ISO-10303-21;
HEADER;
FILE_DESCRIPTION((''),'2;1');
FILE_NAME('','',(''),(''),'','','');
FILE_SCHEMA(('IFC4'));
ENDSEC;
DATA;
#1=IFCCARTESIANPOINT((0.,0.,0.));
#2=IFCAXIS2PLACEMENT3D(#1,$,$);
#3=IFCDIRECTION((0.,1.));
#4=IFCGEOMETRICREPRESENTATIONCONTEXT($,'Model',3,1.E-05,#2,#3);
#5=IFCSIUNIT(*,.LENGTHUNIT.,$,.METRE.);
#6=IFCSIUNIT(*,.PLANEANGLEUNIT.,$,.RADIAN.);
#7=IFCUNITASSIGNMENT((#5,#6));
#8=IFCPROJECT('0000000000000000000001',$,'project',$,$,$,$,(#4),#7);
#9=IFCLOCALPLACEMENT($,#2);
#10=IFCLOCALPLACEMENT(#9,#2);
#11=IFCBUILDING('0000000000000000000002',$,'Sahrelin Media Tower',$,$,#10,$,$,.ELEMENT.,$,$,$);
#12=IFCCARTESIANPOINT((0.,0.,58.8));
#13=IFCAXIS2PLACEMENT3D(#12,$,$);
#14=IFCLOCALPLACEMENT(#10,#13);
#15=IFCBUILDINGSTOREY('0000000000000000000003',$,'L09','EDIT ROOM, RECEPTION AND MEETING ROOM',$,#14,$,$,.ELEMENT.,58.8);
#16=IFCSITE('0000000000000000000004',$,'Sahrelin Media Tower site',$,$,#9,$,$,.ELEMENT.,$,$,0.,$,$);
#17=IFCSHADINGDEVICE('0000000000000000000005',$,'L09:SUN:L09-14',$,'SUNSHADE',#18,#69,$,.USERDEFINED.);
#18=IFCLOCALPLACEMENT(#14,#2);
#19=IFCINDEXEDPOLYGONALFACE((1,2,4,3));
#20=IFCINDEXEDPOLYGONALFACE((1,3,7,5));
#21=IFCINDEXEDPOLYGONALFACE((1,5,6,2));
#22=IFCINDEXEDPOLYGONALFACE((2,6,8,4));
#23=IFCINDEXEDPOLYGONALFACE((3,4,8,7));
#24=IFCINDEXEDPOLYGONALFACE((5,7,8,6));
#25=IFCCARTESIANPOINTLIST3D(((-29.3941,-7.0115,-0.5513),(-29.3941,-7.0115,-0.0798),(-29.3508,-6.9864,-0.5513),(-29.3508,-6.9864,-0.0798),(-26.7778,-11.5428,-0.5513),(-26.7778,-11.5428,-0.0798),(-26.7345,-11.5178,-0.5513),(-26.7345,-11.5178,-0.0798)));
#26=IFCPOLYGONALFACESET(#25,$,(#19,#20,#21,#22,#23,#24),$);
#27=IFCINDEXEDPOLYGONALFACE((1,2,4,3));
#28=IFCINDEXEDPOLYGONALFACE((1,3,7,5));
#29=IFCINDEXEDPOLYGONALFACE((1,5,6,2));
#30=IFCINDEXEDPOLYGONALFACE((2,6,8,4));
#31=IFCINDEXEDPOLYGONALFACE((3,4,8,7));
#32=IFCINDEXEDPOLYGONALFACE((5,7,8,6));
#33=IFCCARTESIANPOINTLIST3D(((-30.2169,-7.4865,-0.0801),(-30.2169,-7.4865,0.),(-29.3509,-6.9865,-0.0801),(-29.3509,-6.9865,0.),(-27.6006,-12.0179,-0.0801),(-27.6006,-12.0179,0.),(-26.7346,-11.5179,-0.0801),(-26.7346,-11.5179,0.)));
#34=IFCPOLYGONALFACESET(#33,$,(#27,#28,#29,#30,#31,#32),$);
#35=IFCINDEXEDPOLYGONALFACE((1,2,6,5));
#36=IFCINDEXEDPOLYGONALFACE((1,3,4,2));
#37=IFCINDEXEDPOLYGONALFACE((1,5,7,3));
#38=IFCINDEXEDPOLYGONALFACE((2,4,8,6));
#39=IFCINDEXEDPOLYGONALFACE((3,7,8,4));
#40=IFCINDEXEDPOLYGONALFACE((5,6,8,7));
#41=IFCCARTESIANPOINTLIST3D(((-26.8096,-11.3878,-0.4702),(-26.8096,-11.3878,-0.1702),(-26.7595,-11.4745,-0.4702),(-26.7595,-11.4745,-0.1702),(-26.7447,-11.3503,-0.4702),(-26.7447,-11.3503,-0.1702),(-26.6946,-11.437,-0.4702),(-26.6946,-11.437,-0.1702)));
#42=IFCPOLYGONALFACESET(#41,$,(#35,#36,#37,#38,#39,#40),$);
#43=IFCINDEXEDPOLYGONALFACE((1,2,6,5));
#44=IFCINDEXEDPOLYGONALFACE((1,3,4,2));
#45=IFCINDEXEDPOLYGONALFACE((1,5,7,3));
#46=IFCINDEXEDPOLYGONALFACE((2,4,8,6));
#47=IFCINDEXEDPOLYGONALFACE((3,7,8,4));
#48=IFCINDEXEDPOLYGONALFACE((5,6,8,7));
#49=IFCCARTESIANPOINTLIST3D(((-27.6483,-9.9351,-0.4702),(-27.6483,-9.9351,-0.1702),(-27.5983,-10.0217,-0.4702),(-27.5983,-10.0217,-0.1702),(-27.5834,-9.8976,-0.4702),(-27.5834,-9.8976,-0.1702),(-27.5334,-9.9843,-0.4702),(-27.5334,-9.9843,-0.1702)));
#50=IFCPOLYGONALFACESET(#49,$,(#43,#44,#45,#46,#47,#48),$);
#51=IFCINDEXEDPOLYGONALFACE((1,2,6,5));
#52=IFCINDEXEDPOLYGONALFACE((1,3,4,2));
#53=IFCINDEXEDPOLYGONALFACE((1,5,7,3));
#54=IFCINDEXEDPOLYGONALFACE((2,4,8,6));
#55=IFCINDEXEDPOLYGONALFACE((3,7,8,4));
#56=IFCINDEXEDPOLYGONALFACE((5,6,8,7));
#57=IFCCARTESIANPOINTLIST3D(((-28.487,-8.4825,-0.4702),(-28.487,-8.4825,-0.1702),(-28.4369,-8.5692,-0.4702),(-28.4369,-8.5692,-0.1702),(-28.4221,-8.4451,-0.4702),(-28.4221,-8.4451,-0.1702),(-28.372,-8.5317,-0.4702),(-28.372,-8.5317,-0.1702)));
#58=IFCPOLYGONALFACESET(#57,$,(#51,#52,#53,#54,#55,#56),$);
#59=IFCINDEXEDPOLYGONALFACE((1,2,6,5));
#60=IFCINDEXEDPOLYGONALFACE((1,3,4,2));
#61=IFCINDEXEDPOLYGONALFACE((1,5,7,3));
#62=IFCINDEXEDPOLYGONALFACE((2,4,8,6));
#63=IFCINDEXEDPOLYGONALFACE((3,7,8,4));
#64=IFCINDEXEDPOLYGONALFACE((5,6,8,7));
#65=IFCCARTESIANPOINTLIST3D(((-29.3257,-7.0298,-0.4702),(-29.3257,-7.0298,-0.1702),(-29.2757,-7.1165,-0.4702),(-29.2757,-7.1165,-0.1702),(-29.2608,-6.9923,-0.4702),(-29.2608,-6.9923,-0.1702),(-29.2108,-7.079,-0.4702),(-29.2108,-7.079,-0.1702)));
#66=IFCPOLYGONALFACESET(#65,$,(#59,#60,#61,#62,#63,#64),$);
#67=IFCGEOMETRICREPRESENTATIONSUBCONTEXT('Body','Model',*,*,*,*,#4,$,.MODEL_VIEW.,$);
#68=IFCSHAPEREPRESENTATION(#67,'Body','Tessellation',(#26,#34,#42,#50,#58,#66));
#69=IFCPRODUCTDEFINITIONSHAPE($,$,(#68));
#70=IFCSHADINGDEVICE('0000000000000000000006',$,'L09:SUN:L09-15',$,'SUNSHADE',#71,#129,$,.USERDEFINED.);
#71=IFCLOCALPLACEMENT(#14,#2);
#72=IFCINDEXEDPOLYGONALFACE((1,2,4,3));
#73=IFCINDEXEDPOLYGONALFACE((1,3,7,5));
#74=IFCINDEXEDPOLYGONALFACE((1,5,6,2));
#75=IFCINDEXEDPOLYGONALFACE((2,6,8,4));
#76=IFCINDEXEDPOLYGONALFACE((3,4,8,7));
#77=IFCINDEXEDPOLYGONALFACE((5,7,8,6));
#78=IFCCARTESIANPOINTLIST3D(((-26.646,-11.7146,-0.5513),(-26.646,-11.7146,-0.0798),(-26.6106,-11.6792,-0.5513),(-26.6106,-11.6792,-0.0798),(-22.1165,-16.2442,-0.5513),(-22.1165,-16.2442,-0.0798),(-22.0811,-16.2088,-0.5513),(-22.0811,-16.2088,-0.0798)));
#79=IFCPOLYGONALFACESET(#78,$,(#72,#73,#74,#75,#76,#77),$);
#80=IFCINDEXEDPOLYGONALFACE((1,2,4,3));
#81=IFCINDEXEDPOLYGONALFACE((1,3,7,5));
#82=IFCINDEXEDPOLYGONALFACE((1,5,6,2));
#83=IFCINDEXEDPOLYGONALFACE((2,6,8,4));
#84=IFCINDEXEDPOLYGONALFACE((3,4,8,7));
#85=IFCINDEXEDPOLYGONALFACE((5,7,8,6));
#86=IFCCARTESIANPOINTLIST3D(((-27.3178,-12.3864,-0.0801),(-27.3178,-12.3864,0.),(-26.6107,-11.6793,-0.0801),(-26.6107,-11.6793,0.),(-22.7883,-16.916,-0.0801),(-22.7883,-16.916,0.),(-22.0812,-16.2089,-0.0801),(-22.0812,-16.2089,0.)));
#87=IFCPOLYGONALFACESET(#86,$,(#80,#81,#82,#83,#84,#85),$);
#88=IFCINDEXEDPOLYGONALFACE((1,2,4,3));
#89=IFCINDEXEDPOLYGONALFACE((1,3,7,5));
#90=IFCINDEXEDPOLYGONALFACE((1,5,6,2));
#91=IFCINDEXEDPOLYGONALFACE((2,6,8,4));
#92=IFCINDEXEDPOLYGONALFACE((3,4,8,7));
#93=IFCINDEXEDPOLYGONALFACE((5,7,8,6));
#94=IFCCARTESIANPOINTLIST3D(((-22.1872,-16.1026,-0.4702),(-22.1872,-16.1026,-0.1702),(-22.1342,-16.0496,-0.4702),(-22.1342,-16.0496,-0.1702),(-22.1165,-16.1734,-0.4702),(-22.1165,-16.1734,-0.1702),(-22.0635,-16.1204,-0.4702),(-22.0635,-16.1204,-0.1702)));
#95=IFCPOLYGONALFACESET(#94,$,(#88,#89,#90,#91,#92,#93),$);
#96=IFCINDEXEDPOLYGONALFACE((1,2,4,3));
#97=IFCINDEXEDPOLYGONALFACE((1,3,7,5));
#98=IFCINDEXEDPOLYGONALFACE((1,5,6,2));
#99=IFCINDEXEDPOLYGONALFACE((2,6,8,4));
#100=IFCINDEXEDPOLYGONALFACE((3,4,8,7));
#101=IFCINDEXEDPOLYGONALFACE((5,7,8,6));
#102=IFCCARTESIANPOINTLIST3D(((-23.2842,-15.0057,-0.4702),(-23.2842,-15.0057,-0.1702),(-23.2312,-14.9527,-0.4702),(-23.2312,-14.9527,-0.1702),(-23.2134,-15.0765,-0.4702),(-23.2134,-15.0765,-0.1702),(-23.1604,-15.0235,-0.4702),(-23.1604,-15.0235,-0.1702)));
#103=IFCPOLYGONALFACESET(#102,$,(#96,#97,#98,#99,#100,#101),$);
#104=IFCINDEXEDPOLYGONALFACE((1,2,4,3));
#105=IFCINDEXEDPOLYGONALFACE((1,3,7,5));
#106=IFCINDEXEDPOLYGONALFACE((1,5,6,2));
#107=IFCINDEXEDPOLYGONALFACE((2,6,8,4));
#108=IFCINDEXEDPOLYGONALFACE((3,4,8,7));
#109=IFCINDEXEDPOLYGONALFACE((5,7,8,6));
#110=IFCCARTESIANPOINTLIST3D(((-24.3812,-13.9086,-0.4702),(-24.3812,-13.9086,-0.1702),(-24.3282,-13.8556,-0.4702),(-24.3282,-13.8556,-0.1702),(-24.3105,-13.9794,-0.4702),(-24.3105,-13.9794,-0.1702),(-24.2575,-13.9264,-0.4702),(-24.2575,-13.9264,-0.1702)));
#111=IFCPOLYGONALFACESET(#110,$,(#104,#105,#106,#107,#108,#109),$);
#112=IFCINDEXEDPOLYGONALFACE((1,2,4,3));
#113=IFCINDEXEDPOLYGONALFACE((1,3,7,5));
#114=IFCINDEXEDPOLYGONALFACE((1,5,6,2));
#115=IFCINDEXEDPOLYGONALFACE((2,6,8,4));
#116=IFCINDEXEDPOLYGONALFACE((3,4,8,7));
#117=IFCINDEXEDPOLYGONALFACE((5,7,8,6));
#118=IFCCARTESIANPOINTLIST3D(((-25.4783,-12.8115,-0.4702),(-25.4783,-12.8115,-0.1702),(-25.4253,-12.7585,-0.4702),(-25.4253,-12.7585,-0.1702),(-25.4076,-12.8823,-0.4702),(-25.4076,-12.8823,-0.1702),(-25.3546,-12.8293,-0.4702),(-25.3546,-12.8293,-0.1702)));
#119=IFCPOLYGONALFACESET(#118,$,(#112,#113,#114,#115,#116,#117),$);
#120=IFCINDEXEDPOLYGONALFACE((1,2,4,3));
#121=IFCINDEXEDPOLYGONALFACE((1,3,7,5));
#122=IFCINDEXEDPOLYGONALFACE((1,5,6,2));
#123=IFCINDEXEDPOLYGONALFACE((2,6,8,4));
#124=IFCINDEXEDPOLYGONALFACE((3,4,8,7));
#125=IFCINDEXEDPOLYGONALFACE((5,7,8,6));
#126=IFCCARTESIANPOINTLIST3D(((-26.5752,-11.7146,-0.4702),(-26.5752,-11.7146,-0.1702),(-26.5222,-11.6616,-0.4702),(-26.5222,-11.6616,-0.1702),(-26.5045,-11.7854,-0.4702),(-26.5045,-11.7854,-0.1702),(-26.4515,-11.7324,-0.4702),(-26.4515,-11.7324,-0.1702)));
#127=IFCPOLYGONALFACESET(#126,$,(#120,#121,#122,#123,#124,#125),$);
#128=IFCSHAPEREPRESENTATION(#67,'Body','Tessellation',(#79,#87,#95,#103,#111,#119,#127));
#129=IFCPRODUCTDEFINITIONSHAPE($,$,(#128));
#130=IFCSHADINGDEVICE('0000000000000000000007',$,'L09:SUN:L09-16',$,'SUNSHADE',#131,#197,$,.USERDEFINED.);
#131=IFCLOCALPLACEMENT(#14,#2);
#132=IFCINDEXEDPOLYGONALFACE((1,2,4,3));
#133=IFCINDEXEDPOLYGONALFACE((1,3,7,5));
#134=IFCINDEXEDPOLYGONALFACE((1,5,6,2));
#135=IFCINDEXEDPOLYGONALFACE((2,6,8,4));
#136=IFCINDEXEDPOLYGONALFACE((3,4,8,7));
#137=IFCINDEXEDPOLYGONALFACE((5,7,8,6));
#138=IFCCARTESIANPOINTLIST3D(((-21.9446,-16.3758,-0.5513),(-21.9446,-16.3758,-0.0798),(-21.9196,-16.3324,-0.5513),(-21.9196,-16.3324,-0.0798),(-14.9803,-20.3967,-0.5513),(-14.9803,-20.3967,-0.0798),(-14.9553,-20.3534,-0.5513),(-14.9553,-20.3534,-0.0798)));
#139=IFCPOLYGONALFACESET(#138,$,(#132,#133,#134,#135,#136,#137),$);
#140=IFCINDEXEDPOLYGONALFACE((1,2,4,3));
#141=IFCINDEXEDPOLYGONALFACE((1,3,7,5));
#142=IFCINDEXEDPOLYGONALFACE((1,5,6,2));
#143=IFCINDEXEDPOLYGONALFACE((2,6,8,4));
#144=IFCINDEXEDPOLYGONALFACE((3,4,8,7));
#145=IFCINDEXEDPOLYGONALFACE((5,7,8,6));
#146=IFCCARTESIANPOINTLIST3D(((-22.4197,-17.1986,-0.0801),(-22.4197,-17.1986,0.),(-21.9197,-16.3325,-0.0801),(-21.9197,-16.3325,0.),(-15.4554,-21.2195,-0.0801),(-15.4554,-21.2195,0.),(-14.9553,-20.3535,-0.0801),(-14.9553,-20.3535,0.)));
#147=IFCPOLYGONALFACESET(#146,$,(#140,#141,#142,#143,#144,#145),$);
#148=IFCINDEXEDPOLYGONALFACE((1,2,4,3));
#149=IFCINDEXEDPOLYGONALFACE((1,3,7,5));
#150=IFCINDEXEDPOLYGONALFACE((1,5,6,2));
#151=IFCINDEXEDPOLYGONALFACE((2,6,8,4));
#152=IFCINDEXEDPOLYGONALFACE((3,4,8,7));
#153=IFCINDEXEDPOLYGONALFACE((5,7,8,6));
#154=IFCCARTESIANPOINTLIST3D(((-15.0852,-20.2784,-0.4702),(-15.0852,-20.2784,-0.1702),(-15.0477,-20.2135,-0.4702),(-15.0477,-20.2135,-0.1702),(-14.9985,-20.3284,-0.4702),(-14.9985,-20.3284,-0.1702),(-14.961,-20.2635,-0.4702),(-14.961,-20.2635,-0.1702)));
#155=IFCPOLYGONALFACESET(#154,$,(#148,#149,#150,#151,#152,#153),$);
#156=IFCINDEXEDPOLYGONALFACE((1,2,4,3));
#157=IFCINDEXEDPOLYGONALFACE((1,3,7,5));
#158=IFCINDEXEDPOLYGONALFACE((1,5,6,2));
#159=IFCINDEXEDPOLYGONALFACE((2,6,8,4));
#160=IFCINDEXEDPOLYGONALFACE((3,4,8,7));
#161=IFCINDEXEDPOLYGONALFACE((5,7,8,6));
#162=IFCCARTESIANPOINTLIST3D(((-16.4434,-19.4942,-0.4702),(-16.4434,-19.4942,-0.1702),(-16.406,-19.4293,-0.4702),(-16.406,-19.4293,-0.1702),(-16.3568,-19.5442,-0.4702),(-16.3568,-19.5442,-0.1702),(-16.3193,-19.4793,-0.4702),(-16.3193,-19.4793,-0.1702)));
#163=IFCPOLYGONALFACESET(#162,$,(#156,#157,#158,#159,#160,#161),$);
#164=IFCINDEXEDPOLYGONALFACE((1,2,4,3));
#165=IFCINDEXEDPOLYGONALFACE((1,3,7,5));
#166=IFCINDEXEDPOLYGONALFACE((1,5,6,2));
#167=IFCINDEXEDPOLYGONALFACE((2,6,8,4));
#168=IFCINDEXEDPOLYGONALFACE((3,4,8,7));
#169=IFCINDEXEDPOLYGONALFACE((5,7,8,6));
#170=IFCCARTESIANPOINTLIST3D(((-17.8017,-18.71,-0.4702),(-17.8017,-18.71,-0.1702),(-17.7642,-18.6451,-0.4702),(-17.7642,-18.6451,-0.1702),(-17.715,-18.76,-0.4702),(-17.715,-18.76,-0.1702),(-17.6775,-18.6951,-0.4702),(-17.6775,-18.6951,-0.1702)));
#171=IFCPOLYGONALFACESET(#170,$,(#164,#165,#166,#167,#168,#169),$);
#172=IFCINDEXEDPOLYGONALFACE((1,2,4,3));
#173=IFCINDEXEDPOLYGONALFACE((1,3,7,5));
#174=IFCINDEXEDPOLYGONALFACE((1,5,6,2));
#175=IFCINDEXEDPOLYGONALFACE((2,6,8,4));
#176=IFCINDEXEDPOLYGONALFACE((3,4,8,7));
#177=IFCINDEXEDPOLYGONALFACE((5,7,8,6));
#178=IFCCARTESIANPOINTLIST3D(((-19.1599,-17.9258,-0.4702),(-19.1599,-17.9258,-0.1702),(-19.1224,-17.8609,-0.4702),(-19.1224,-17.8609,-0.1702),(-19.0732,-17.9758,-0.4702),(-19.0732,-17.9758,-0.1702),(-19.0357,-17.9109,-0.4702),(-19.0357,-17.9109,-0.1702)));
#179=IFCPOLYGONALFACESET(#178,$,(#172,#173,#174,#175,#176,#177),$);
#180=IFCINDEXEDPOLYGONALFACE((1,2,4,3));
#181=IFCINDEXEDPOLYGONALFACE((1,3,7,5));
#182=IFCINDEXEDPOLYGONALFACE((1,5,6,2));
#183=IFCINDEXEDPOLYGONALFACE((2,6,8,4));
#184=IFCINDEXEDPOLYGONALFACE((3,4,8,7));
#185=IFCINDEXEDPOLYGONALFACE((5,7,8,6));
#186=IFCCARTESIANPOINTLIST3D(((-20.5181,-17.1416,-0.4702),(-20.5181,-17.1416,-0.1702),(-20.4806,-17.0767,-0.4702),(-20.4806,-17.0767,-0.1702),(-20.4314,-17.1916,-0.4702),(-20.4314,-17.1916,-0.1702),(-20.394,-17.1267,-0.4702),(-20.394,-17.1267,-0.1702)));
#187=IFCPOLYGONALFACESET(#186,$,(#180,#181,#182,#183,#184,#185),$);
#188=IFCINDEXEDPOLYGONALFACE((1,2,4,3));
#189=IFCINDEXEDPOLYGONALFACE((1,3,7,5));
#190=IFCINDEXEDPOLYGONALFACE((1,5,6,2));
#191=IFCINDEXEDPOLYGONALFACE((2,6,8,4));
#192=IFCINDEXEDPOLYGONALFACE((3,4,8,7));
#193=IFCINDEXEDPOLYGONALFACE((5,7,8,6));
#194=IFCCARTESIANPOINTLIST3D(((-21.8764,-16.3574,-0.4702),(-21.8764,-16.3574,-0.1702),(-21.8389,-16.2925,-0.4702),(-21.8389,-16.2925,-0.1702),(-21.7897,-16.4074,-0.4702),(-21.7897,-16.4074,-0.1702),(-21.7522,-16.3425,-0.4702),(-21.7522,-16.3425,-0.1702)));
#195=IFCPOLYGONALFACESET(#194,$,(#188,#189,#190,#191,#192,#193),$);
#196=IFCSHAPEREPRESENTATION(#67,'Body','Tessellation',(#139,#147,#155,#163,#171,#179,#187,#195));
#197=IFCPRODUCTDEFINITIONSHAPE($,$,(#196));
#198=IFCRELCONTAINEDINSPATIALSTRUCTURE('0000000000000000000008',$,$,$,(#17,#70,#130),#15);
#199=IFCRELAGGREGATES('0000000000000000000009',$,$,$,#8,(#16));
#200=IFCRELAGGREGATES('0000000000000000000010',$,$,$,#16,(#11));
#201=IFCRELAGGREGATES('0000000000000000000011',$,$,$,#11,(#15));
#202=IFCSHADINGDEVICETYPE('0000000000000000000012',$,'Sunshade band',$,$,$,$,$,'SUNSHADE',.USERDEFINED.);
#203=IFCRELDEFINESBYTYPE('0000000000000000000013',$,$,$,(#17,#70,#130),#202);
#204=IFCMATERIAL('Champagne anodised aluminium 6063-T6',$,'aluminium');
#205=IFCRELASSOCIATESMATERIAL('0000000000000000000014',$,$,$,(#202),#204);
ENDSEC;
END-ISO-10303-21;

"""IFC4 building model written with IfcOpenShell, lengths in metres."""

from ifc_helpers import new_model, si_unit, direction, frame, origin, origin_2d, place, context, subcontext, project, spatial, rectangle, extrude, material, type_object, element, save


model = new_model("IFC4")

# Units and contexts
model_context = context("Model", 3, precision=1e-05, world=origin(), true_north=direction((0.0, 1.0)))
body_context = subcontext(model_context, "Body", "Model", "MODEL_VIEW")
ifc_project = project(units=[si_unit("LENGTHUNIT", "METRE"), si_unit("PLANEANGLEUNIT", "RADIAN")], contexts=[model_context])

# Site, building, storey
site_placement = place(None, origin())
site = spatial("IfcSite", under=ifc_project, at=site_placement, Name="Sahrelin Media Tower site", CompositionType="ELEMENT", RefElevation=0.0)
building_placement = place(site_placement, origin())
building = spatial("IfcBuilding", under=site, at=building_placement, Name="Sahrelin Media Tower", CompositionType="ELEMENT")
storey_placement = place(building_placement, frame((0.0, 0.0, 58.8)))
storey = spatial("IfcBuildingStorey", under=building, at=storey_placement, Name="L09", Description="EDIT ROOM, RECEPTION AND MEETING ROOM", CompositionType="ELEMENT", Elevation=58.8)

# Shared definitions
ifc_material_1 = material(Name="Champagne anodised aluminium 6063-T6", Category="aluminium")

# Shading devices
placement_1 = place(storey_placement, frame((-28.0254, -9.2422, 0.0), z_axis=(0.0, 0.0, 1.0), x_axis=(-0.500011, 0.866019, 0.0)))
placement_2 = place(storey_placement, frame((-24.3318, -13.9299, 0.0), z_axis=(0.0, 0.0, 1.0), x_axis=(-0.707107, 0.707107, 0.0)))
placement_3 = place(storey_placement, frame((-18.4275, -18.3257, 0.0), z_axis=(0.0, 0.0, 1.0), x_axis=(-0.866019, 0.500011, 0.0)))
shading_device_type_1 = type_object("IfcShadingDeviceType", Name="Sunshade band", ElementType="SUNSHADE", PredefinedType="USERDEFINED", material=ifc_material_1)
element("IfcShadingDevice", 1, at=placement_1, inside=storey, type_object=shading_device_type_1, Name="L09:SUN:L09-14", ObjectType="SUNSHADE", PredefinedType="USERDEFINED", context=body_context, shape_type="SweptSolid", body=[
    extrude(rectangle(XDim=5.2324, YDim=0.05, at=origin_2d()), frame((0.0, 0.0449, -0.5513)), (0.0, 0.0, 1.0), 0.4714),
    extrude(rectangle(XDim=5.2324, YDim=1.0, at=origin_2d()), frame((0.0, 0.52, -0.0801)), (0.0, 0.0, 1.0), 0.0801),
    extrude(rectangle(XDim=0.1001, YDim=0.075, at=origin_2d()), frame((-2.5161, -0.0176, -0.4702)), (0.0, 0.0, 1.0), 0.3),
    extrude(rectangle(XDim=0.1001, YDim=0.075, at=origin_2d()), frame((-0.8386, -0.0176, -0.4702)), (0.0, 0.0, 1.0), 0.3),
    extrude(rectangle(XDim=0.1001, YDim=0.075, at=origin_2d()), frame((0.8386, -0.0176, -0.4702)), (0.0, 0.0, 1.0), 0.3),
    extrude(rectangle(XDim=0.1001, YDim=0.075, at=origin_2d()), frame((2.5161, -0.0176, -0.4702)), (0.0, 0.0, 1.0), 0.3),
])
element("IfcShadingDevice", 2, at=placement_2, inside=storey, type_object=shading_device_type_1, Name="L09:SUN:L09-15", ObjectType="SUNSHADE", PredefinedType="USERDEFINED", context=body_context, shape_type="SweptSolid", body=[
    extrude(rectangle(XDim=6.4058, YDim=0.05, at=origin_2d()), frame((0.0, 0.0449, -0.5513)), (0.0, 0.0, 1.0), 0.4714),
    extrude(rectangle(XDim=6.4058, YDim=1.0, at=origin_2d()), frame((0.0, 0.52, -0.0801)), (0.0, 0.0, 1.0), 0.0801),
    extrude(rectangle(XDim=0.1001, YDim=0.075, at=origin_2d()), frame((-3.1028, -0.0176, -0.4702)), (0.0, 0.0, 1.0), 0.3),
    extrude(rectangle(XDim=0.1001, YDim=0.075, at=origin_2d()), frame((-1.5515, -0.0176, -0.4702)), (0.0, 0.0, 1.0), 0.3),
    extrude(rectangle(XDim=0.1001, YDim=0.075, at=origin_2d()), frame((0.0, -0.0176, -0.4702)), (0.0, 0.0, 1.0), 0.3),
    extrude(rectangle(XDim=0.1001, YDim=0.075, at=origin_2d()), frame((1.5515, -0.0176, -0.4702)), (0.0, 0.0, 1.0), 0.3),
    extrude(rectangle(XDim=0.1001, YDim=0.075, at=origin_2d()), frame((3.1028, -0.0176, -0.4702)), (0.0, 0.0, 1.0), 0.3),
])
element("IfcShadingDevice", 3, at=placement_3, inside=storey, type_object=shading_device_type_1, Name="L09:SUN:L09-16", ObjectType="SUNSHADE", PredefinedType="USERDEFINED", context=body_context, shape_type="SweptSolid", body=[
    extrude(rectangle(XDim=8.0417, YDim=0.05, at=origin_2d()), frame((0.0, 0.0449, -0.5513)), (0.0, 0.0, 1.0), 0.4714),
    extrude(rectangle(XDim=8.0417, YDim=1.0, at=origin_2d()), frame((0.0, 0.52, -0.0801)), (0.0, 0.0, 1.0), 0.0801),
    extrude(rectangle(XDim=0.1001, YDim=0.075, at=origin_2d()), frame((-3.9209, -0.0176, -0.4702)), (0.0, 0.0, 1.0), 0.3),
    extrude(rectangle(XDim=0.1001, YDim=0.075, at=origin_2d()), frame((-2.3525, -0.0176, -0.4702)), (0.0, 0.0, 1.0), 0.3),
    extrude(rectangle(XDim=0.1001, YDim=0.075, at=origin_2d()), frame((-0.7842, -0.0176, -0.4702)), (0.0, 0.0, 1.0), 0.3),
    extrude(rectangle(XDim=0.1001, YDim=0.075, at=origin_2d()), frame((0.7842, -0.0176, -0.4702)), (0.0, 0.0, 1.0), 0.3),
    extrude(rectangle(XDim=0.1001, YDim=0.075, at=origin_2d()), frame((2.3525, -0.0176, -0.4702)), (0.0, 0.0, 1.0), 0.3),
    extrude(rectangle(XDim=0.1001, YDim=0.075, at=origin_2d()), frame((3.9209, -0.0176, -0.4702)), (0.0, 0.0, 1.0), 0.3),
])

save(model, "model.ifc")
